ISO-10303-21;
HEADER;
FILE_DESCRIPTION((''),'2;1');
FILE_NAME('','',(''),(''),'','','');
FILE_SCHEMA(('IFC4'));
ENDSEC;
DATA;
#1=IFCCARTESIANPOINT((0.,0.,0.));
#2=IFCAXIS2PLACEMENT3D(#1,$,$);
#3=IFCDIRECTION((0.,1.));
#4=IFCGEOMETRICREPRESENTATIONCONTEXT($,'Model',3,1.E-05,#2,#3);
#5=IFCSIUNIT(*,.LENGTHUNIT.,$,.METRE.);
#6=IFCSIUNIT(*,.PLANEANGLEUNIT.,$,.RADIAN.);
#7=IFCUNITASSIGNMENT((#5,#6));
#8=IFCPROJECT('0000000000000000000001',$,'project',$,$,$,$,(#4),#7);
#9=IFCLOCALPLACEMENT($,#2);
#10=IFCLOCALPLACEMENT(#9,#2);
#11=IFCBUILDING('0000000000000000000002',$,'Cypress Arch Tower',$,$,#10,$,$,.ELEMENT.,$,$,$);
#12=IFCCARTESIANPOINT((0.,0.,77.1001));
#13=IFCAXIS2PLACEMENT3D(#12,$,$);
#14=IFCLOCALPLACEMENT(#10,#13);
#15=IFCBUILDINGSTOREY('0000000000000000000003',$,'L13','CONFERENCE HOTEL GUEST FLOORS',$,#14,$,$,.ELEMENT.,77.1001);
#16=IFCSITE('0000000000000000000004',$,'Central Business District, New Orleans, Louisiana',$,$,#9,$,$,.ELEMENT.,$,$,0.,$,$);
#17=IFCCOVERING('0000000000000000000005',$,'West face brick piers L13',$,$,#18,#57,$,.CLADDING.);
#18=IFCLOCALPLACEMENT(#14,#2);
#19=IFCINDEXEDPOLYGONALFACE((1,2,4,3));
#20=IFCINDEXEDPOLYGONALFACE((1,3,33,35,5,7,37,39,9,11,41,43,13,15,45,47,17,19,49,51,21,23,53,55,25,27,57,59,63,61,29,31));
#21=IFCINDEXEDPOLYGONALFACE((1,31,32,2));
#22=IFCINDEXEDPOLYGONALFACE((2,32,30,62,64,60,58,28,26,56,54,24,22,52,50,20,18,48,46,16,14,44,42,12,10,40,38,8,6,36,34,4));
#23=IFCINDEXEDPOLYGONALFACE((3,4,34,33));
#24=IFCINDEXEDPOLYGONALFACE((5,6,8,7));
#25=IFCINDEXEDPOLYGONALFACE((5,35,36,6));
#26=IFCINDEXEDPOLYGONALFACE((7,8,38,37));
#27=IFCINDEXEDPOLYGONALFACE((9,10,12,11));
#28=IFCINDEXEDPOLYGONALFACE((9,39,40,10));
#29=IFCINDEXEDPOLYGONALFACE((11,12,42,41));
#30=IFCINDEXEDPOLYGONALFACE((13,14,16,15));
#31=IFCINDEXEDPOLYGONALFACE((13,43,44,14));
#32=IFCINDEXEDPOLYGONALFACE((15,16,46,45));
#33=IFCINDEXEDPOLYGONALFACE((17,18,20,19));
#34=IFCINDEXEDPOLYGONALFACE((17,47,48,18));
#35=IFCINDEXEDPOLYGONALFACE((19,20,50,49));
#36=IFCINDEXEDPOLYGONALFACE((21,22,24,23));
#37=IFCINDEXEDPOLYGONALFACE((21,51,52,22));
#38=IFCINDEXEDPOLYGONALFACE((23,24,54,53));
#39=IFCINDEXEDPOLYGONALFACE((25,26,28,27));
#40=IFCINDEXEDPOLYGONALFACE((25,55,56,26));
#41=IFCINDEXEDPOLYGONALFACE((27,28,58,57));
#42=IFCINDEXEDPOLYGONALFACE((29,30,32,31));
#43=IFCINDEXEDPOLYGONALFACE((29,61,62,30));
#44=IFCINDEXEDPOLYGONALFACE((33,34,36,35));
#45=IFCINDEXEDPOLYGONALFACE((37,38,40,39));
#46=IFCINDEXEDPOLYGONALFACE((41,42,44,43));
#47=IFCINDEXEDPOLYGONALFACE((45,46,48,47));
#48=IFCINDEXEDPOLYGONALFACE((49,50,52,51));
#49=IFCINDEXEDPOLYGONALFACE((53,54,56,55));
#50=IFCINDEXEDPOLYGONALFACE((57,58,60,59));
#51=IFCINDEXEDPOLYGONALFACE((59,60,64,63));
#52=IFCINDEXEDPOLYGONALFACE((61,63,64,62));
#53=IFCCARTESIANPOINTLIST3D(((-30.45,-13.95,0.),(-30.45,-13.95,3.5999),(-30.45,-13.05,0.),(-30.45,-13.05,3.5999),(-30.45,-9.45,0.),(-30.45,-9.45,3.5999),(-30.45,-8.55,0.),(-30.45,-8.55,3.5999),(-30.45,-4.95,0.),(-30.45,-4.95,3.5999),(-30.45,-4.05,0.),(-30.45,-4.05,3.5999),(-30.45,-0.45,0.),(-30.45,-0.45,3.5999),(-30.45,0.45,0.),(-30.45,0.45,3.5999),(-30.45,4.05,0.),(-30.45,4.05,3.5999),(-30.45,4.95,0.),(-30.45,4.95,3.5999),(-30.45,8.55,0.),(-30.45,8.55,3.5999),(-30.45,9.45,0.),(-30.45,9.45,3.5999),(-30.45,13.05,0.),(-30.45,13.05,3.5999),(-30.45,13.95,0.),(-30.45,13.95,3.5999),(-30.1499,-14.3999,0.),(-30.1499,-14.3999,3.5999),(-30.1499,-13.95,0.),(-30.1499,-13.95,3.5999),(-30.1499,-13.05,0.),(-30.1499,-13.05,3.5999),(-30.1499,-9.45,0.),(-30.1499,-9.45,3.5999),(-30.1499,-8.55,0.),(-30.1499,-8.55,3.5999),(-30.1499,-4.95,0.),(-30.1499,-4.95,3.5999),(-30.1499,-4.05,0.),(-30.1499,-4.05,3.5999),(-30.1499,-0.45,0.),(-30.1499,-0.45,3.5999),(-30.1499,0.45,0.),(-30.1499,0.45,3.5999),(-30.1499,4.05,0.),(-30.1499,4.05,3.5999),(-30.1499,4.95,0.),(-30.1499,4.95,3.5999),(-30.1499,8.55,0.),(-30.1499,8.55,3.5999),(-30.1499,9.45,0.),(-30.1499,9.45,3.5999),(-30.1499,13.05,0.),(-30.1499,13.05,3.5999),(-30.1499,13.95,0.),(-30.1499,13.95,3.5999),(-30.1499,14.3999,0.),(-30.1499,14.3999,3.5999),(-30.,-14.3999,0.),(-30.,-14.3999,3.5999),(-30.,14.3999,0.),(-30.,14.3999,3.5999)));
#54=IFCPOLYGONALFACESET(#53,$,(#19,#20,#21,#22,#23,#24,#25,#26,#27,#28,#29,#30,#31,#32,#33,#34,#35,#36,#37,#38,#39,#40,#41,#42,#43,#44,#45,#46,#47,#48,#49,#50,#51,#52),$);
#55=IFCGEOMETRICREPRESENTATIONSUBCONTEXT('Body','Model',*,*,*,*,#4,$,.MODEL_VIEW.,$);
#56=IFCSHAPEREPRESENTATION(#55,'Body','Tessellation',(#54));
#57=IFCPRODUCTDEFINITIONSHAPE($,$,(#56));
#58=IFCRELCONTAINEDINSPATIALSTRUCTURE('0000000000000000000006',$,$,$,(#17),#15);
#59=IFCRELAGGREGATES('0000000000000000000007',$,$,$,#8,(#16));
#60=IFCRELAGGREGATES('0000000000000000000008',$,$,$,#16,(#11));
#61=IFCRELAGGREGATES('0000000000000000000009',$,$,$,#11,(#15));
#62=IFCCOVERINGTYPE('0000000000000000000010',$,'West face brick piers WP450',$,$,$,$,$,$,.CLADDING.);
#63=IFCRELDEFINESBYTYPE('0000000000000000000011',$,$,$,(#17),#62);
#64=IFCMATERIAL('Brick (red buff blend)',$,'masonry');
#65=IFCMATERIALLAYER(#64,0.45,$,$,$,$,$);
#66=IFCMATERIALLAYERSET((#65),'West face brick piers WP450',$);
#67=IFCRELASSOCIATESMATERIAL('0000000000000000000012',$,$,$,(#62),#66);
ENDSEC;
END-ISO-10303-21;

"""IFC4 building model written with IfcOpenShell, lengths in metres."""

from ifc_helpers import new_model, si_unit, direction, frame, origin, place, context, subcontext, project, spatial, polyline, outline, extrude, material, layer, layer_set, type_object, element, save


model = new_model("IFC4")

# Units and contexts
model_context = context("Model", 3, precision=1e-05, world=origin(), true_north=direction((0.0, 1.0)))
body_context = subcontext(model_context, "Body", "Model", "MODEL_VIEW")
ifc_project = project(units=[si_unit("LENGTHUNIT", "METRE"), si_unit("PLANEANGLEUNIT", "RADIAN")], contexts=[model_context])

# Site, building, storey
site_placement = place(None, origin())
site = spatial("IfcSite", under=ifc_project, at=site_placement, Name="Central Business District, New Orleans, Louisiana", CompositionType="ELEMENT", RefElevation=0.0)
building_placement = place(site_placement, origin())
building = spatial("IfcBuilding", under=site, at=building_placement, Name="Cypress Arch Tower", CompositionType="ELEMENT")
storey_placement = place(building_placement, frame((0.0, 0.0, 77.1001)))
storey = spatial("IfcBuildingStorey", under=building, at=storey_placement, Name="L13", Description="CONFERENCE HOTEL GUEST FLOORS", CompositionType="ELEMENT", Elevation=77.1001)

# Covering
ifc_material_1 = material(Name="Brick (red buff blend)", Category="masonry")
ifc_layer_1 = layer(ifc_material_1, 0.45)
ifc_layer_set_1 = layer_set([ifc_layer_1], Name="West face brick piers WP450")
covering_type_1 = type_object("IfcCoveringType", Name="West face brick piers WP450", PredefinedType="CLADDING", material=ifc_layer_set_1)
covering_1_placement = place(storey_placement, origin())
element("IfcCovering", 1, at=covering_1_placement, inside=storey, type_object=covering_type_1, Name="West face brick piers L13", PredefinedType="CLADDING", context=body_context, shape_type="SweptSolid", body=[
    extrude(outline(polyline([(-30.1499, -13.05), (-30.1499, -9.45), (-30.45, -9.45), (-30.45, -8.55), (-30.1499, -8.55), (-30.1499, -4.95), (-30.45, -4.95), (-30.45, -4.05), (-30.1499, -4.05), (-30.1499, -0.45), (-30.45, -0.45), (-30.45, 0.45), (-30.1499, 0.45), (-30.1499, 4.05), (-30.45, 4.05), (-30.45, 4.95), (-30.1499, 4.95), (-30.1499, 8.55), (-30.45, 8.55), (-30.45, 9.45), (-30.1499, 9.45), (-30.1499, 13.05), (-30.45, 13.05), (-30.45, 13.95), (-30.1499, 13.95), (-30.1499, 14.3999), (-30.0, 14.3999), (-30.0, -14.3999), (-30.1499, -14.3999), (-30.1499, -13.95), (-30.45, -13.95), (-30.45, -13.05), (-30.1499, -13.05)])), origin(), (0.0, 0.0, 1.0), 3.5999),
])

save(model, "model.ifc")
